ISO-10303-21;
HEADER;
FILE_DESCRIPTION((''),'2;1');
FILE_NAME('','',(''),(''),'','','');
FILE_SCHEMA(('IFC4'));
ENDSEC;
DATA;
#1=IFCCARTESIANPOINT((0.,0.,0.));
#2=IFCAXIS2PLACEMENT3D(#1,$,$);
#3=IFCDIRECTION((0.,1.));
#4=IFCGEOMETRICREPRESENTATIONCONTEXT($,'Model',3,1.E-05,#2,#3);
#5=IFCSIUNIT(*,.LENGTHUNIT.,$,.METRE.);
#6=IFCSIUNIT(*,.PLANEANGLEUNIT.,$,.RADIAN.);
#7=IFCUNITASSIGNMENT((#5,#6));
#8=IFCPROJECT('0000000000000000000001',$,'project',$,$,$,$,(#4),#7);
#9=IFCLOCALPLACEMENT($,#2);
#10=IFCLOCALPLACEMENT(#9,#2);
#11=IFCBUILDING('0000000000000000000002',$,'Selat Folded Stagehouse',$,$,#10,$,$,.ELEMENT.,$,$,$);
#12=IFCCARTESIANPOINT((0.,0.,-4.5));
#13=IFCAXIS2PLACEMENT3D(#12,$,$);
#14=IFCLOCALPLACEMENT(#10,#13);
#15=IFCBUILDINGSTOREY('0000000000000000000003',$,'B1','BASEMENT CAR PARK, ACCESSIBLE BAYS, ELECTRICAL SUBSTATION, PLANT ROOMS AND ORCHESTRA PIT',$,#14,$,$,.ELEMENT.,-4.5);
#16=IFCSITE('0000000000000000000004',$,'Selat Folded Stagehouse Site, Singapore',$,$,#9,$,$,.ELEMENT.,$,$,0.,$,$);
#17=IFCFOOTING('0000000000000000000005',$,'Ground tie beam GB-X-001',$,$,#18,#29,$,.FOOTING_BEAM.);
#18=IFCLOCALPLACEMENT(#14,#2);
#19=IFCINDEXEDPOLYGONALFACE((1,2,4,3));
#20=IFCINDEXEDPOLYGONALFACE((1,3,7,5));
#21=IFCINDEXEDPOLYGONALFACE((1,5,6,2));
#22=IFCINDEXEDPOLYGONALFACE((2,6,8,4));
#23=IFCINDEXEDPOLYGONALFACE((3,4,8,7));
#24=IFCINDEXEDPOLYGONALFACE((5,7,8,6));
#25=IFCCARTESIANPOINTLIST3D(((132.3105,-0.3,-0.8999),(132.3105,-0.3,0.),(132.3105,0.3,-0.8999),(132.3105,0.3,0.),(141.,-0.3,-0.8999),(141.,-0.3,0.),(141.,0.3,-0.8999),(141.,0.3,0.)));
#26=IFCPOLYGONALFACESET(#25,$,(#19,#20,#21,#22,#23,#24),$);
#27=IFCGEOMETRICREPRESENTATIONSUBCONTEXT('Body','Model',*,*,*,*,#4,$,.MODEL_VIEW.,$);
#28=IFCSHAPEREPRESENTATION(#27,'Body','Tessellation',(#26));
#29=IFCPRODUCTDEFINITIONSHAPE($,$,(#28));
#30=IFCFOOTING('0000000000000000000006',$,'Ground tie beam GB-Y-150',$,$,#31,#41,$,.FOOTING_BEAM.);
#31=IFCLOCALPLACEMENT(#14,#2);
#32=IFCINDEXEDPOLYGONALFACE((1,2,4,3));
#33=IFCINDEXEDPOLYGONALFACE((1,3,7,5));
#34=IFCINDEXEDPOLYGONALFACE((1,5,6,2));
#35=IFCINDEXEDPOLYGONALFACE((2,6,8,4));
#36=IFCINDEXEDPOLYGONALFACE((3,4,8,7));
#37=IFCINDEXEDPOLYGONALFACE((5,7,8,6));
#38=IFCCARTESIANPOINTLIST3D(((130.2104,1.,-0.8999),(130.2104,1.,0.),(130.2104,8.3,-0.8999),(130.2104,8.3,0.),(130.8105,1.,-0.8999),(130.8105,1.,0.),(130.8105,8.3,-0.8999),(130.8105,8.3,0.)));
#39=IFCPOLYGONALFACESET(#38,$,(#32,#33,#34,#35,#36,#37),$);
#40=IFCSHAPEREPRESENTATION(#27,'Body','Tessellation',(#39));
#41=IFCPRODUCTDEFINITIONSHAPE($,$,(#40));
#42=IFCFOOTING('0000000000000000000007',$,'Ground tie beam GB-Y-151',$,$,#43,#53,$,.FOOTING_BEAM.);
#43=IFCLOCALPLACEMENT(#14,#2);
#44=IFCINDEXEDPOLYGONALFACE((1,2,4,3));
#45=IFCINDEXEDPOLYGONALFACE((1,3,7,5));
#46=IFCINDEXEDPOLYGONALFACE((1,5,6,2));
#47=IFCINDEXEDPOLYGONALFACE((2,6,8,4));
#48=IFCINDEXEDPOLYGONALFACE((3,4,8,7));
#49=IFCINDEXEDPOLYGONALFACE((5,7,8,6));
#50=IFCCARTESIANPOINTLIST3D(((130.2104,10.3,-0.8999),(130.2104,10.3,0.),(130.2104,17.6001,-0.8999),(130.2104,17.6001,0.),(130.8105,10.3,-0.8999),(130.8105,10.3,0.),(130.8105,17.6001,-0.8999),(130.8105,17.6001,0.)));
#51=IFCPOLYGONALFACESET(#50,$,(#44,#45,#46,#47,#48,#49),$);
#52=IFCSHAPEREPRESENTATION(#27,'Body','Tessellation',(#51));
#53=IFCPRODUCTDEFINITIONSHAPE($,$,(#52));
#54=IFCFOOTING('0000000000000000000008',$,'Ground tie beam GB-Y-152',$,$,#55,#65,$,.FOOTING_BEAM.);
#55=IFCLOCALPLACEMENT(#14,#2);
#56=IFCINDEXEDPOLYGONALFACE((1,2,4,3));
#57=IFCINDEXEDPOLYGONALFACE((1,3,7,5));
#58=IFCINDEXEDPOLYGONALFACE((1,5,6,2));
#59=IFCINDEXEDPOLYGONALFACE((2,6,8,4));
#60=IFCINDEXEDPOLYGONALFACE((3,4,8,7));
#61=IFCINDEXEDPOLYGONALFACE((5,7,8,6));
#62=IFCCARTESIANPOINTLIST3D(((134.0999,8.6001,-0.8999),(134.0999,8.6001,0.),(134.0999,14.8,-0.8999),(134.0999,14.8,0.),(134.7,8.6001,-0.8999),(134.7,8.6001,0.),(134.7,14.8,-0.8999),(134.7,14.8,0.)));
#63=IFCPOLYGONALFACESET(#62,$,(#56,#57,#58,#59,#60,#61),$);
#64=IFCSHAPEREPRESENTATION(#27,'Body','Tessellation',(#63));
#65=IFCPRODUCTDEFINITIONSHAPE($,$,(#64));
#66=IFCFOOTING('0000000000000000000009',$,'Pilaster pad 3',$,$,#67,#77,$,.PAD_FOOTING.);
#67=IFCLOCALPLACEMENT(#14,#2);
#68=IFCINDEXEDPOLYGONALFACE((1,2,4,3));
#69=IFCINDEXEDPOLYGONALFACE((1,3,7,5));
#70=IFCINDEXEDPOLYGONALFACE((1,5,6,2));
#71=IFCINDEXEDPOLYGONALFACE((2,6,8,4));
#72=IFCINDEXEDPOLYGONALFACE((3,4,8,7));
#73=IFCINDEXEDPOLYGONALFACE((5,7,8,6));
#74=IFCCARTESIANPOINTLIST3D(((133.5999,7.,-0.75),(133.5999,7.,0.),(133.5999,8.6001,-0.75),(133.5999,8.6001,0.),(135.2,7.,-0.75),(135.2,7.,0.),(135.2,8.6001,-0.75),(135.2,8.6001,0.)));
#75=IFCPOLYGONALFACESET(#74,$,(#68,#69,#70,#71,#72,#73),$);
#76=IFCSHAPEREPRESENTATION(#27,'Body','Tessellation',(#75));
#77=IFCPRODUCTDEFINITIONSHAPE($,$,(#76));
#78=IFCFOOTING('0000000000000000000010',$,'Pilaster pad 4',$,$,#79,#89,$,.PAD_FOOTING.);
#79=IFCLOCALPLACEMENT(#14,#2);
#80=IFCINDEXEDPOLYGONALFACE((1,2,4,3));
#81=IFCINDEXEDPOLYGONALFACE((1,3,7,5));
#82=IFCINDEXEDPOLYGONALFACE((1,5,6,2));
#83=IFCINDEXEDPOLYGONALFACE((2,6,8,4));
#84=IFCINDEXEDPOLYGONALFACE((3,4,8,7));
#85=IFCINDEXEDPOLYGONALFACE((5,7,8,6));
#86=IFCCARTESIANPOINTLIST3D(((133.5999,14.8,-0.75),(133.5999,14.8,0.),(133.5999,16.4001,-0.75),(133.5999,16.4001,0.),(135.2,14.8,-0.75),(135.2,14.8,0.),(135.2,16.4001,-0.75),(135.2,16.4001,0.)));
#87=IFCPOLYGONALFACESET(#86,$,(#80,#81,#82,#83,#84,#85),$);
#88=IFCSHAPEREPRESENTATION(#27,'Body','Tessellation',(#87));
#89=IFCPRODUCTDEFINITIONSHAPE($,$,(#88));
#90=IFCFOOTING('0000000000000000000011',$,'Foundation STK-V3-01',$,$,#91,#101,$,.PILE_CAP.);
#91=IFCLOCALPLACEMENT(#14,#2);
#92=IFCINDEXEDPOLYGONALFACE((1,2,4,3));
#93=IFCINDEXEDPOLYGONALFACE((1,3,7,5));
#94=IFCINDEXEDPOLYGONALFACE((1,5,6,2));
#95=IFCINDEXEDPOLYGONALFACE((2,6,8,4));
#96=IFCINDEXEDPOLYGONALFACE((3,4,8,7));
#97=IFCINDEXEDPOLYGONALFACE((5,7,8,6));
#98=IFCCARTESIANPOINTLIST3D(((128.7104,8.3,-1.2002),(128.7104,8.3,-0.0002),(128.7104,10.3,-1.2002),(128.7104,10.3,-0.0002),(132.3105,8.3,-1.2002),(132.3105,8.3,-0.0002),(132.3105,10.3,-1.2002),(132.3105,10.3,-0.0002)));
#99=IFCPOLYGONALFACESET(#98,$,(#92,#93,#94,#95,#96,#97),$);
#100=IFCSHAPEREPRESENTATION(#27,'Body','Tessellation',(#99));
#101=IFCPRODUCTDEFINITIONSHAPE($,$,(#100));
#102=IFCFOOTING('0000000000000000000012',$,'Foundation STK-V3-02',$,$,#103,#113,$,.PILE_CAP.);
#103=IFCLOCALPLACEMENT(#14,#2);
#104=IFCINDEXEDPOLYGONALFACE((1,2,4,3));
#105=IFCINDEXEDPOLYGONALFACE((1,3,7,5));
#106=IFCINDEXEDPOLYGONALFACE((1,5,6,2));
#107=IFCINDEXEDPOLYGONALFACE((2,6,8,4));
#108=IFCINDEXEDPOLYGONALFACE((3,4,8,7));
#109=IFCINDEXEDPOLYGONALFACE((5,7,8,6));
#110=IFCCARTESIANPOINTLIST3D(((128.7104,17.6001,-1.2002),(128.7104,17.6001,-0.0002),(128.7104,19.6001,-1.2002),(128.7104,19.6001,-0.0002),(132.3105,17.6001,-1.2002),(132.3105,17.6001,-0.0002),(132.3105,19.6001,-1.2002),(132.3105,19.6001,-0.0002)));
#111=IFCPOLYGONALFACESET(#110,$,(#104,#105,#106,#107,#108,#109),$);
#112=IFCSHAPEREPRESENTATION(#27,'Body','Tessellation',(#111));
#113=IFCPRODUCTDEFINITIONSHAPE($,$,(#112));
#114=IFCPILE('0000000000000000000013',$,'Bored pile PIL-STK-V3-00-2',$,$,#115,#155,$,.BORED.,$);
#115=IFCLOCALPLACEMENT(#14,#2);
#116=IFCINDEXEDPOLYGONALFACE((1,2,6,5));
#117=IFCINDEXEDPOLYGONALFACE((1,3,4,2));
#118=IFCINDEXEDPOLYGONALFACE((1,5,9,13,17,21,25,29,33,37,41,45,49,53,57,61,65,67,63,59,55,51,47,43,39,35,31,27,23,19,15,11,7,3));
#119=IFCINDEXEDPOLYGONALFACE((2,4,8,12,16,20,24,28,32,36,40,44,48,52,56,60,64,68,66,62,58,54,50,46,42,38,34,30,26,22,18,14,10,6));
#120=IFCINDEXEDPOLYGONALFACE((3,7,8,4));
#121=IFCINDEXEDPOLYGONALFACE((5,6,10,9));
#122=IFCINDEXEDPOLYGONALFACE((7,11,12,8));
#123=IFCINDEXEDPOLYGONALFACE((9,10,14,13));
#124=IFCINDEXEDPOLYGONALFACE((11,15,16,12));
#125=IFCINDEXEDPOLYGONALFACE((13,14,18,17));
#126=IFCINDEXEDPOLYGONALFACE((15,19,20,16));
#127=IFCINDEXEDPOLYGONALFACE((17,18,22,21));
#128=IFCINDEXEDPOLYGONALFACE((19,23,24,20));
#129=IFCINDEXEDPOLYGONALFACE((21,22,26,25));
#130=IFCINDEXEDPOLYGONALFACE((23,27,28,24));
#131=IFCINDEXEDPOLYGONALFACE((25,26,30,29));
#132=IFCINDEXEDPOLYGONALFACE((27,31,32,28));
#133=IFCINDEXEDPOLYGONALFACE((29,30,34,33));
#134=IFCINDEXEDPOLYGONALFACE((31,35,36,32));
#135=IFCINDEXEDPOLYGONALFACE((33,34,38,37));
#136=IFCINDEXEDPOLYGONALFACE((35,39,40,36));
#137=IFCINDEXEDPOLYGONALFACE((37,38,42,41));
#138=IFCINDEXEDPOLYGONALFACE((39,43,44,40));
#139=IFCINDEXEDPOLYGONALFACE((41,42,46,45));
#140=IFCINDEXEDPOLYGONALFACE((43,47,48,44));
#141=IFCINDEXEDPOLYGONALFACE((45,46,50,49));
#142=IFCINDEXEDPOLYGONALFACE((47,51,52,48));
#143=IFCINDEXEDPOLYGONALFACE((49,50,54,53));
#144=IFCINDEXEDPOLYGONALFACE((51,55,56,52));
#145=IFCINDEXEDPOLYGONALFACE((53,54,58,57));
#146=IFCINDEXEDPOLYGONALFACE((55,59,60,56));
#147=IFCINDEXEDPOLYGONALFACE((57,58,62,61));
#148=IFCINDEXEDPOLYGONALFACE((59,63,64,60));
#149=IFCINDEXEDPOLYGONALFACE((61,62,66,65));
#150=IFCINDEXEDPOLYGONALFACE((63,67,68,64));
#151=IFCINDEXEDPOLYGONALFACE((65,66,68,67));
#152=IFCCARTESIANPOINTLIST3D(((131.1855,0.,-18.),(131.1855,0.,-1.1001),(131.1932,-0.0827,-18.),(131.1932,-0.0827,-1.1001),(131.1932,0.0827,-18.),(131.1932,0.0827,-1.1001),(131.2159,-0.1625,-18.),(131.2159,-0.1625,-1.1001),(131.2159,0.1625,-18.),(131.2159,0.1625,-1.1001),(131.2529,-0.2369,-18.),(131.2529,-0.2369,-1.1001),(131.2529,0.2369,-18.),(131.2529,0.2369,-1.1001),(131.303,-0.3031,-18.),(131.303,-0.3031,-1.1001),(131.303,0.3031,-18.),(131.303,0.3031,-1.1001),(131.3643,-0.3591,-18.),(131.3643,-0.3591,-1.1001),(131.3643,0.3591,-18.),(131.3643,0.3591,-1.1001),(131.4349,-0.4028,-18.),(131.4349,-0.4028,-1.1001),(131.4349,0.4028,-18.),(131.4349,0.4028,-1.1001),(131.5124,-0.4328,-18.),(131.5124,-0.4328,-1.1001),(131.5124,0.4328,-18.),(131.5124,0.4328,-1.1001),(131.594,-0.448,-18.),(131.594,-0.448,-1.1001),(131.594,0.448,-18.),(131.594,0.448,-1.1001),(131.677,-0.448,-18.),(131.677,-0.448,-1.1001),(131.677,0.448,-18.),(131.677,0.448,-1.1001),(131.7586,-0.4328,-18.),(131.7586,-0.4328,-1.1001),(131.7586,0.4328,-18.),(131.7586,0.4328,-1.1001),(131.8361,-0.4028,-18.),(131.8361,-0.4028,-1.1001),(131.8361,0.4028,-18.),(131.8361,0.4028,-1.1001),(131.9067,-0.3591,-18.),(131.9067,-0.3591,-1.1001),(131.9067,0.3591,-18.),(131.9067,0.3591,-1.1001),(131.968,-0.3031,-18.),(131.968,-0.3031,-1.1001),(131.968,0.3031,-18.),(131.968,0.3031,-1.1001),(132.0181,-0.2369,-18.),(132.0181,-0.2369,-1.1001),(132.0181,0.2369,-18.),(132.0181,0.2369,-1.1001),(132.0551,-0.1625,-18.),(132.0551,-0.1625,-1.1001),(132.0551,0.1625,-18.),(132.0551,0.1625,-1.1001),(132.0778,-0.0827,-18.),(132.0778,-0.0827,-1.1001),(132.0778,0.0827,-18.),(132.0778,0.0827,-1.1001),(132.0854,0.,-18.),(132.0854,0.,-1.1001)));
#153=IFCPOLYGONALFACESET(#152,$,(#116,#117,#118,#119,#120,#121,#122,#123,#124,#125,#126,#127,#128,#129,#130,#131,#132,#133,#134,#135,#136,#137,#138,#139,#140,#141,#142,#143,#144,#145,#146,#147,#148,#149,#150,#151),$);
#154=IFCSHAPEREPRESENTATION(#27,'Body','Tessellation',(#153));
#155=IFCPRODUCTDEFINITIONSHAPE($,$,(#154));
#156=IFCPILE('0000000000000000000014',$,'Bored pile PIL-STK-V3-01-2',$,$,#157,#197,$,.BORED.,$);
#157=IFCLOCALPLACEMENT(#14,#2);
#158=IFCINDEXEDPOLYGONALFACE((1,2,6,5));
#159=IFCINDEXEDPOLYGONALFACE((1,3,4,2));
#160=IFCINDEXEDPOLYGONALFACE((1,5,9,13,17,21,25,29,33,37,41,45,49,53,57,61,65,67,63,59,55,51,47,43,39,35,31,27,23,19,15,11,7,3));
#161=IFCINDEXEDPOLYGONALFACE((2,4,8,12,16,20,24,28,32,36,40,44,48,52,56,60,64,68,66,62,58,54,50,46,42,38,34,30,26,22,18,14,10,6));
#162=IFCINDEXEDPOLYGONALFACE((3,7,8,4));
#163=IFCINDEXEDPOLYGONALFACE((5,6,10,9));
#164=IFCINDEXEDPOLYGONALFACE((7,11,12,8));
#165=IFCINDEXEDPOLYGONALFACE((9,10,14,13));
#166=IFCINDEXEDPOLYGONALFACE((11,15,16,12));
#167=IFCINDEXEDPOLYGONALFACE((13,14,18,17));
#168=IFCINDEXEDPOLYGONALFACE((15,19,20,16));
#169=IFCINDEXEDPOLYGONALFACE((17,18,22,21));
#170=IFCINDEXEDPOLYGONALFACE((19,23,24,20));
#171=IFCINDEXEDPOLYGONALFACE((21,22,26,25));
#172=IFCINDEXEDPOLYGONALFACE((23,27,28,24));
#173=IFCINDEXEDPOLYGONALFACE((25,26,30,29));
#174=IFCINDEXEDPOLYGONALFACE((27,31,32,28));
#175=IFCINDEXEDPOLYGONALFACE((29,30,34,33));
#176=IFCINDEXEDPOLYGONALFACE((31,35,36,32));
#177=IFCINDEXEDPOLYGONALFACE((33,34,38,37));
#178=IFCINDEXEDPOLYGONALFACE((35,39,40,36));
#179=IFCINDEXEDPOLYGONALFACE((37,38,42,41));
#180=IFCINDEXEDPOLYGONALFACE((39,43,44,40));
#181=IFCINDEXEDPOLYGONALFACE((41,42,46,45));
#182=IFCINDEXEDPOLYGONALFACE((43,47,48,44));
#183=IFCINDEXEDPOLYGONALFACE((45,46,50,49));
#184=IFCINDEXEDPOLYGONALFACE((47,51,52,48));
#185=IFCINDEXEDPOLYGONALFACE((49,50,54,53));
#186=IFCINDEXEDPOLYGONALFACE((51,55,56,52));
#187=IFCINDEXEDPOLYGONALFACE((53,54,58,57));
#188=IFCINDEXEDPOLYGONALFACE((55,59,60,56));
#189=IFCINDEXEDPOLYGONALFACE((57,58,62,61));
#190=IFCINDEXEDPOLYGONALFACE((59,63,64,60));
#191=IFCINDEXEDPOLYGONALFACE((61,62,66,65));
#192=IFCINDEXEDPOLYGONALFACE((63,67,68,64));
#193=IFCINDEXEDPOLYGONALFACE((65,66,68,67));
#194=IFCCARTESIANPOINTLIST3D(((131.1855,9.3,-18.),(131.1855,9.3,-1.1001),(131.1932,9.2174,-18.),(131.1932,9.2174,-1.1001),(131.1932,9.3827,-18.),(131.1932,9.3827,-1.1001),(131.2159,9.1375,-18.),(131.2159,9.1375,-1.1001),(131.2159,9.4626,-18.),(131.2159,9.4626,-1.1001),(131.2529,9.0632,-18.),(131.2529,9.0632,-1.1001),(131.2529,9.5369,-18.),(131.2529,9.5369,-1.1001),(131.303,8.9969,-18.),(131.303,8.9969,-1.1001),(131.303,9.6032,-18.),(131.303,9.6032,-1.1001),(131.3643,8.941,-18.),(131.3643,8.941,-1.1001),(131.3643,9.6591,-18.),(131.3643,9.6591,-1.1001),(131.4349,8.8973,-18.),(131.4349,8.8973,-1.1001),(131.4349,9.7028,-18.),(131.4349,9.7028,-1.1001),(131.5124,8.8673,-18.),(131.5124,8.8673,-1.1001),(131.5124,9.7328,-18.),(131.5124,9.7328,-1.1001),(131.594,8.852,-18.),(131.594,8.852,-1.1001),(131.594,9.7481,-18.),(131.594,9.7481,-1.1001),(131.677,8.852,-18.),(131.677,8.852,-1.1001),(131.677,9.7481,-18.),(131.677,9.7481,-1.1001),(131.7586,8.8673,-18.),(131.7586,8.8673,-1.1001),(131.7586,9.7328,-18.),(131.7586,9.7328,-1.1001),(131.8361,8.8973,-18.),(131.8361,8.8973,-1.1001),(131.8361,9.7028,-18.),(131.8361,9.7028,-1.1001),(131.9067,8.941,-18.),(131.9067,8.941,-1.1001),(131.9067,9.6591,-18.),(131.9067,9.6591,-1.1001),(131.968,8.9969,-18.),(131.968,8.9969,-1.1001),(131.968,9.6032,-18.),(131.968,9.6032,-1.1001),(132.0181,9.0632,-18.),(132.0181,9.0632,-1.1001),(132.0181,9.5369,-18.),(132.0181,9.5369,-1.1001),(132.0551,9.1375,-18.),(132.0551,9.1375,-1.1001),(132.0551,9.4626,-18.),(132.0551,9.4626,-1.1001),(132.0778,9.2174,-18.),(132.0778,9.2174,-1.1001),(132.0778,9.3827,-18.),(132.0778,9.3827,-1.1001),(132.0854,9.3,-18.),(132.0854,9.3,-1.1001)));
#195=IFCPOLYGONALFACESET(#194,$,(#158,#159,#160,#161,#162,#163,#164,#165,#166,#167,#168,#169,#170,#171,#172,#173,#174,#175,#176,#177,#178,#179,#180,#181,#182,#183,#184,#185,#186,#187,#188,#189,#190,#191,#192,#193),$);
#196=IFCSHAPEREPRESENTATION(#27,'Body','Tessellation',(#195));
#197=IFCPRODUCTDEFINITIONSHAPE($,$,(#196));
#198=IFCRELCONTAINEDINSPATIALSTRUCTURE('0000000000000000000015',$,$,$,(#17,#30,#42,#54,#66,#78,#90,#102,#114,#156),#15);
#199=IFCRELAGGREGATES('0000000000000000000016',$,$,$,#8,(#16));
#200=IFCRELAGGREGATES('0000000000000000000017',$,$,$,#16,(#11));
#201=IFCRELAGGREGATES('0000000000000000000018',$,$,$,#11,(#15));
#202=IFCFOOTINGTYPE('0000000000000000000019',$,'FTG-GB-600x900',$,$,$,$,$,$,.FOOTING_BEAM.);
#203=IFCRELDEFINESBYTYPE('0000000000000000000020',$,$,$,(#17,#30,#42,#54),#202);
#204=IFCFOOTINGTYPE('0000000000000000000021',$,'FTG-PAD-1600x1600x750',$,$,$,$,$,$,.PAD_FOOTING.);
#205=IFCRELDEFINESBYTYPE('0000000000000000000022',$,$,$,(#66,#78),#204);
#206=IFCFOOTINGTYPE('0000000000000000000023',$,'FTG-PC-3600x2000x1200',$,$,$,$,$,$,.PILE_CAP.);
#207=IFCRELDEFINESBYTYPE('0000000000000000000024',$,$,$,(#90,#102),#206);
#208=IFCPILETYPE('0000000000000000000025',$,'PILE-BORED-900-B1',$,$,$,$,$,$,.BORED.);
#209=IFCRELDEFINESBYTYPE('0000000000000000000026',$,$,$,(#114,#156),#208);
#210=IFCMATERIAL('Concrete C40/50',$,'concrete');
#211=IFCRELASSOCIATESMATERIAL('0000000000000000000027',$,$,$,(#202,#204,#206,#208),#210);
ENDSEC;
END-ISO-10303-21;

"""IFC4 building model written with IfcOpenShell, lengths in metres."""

from ifc_helpers import new_model, si_unit, direction, frame, origin, origin_2d, place, context, subcontext, project, spatial, rectangle, circle, extrude, material, material_profile, profile_set, type_object, element, save


model = new_model("IFC4")

# Units and contexts
model_context = context("Model", 3, precision=1e-05, world=origin(), true_north=direction((0.0, 1.0)))
body_context = subcontext(model_context, "Body", "Model", "MODEL_VIEW")
ifc_project = project(units=[si_unit("LENGTHUNIT", "METRE"), si_unit("PLANEANGLEUNIT", "RADIAN")], contexts=[model_context])

# Site, building, storey
site_placement = place(None, origin())
site = spatial("IfcSite", under=ifc_project, at=site_placement, Name="Selat Folded Stagehouse Site, Singapore", CompositionType="ELEMENT", RefElevation=0.0)
building_placement = place(site_placement, origin())
building = spatial("IfcBuilding", under=site, at=building_placement, Name="Selat Folded Stagehouse", CompositionType="ELEMENT")
storey_placement = place(building_placement, frame((0.0, 0.0, -4.5)))
storey = spatial("IfcBuildingStorey", under=building, at=storey_placement, Name="B1", Description="BASEMENT CAR PARK, ACCESSIBLE BAYS, ELECTRICAL SUBSTATION, PLANT ROOMS AND ORCHESTRA PIT", CompositionType="ELEMENT", Elevation=-4.5)

# Footings
ifc_material_1 = material(Name="Concrete C40/50", Category="concrete")
ifc_material_profile_1 = material_profile(ifc_material_1, rectangle(XDim=0.6001, YDim=0.8999, at=origin_2d()), Name="RC 900x600")
ifc_profile_set_1 = profile_set([ifc_material_profile_1], Name="Concrete C40/50")
footing_type_1 = type_object("IfcFootingType", Name="FTG-GB-600x900", PredefinedType="FOOTING_BEAM", material=ifc_profile_set_1)
footing_1_placement = place(storey_placement, frame((132.3105, 0.0, -0.45), z_axis=(1.0, 0.0, 0.0), x_axis=(0.0, 1.0, 0.0)))
element("IfcFooting", 1, at=footing_1_placement, inside=storey, type_object=footing_type_1, Name="Ground tie beam GB-X-001", PredefinedType="FOOTING_BEAM", context=body_context, shape_type="SweptSolid", body=[
    extrude(rectangle(XDim=0.6001, YDim=0.8999, at=origin_2d()), origin(), (0.0, 0.0, 1.0), 8.6895),
])
for number, where, z_axis, x_axis, name in (
    (2, (130.5105, 1.0, -0.45), (0.0, 1.0, 0.0), (-1.0, 0.0, 0.0), "Ground tie beam GB-Y-150"),
    (3, (130.5105, 10.3, -0.45), (0.0, 1.0, 0.0), (-1.0, 0.0, 0.0), "Ground tie beam GB-Y-151"),
):
    element("IfcFooting", number, at=place(storey_placement, frame(where, z_axis=z_axis, x_axis=x_axis)), inside=storey, type_object=footing_type_1, Name=name, PredefinedType="FOOTING_BEAM", context=body_context, shape_type="SweptSolid", body=[
        extrude(rectangle(XDim=0.6001, YDim=0.8999, at=origin_2d()), origin(), (0.0, 0.0, 1.0), 7.3),
    ])
footing_2_placement = place(storey_placement, frame((134.3999, 8.6001, -0.45), z_axis=(0.0, 1.0, 0.0), x_axis=(-1.0, 0.0, 0.0)))
element("IfcFooting", 4, at=footing_2_placement, inside=storey, type_object=footing_type_1, Name="Ground tie beam GB-Y-152", PredefinedType="FOOTING_BEAM", context=body_context, shape_type="SweptSolid", body=[
    extrude(rectangle(XDim=0.6001, YDim=0.8999, at=origin_2d()), origin(), (0.0, 0.0, 1.0), 6.2),
])
footing_type_2 = type_object("IfcFootingType", Name="FTG-PAD-1600x1600x750", PredefinedType="PAD_FOOTING", material=ifc_material_1)
for number, where, z_axis, x_axis, name in (
    (5, (134.3999, 7.8, -0.75), (0.0, 0.0, 1.0), (1.0, 0.0, 0.0), "Pilaster pad 3"),
    (6, (134.3999, 15.6001, -0.75), (0.0, 0.0, 1.0), (1.0, 0.0, 0.0), "Pilaster pad 4"),
):
    element("IfcFooting", number, at=place(storey_placement, frame(where, z_axis=z_axis, x_axis=x_axis)), inside=storey, type_object=footing_type_2, Name=name, PredefinedType="PAD_FOOTING", context=body_context, shape_type="SweptSolid", body=[
        extrude(rectangle(XDim=1.6001, YDim=1.6001, at=origin_2d()), origin(), (0.0, 0.0, 1.0), 0.75),
    ])
footing_type_3 = type_object("IfcFootingType", Name="FTG-PC-3600x2000x1200", PredefinedType="PILE_CAP", material=ifc_material_1)
for number, where, z_axis, x_axis, name in (
    (7, (130.5105, 9.3, -1.2002), (0.0, 0.0, 1.0), (1.0, 0.0, 0.0), "Foundation STK-V3-01"),
    (8, (130.5105, 18.6001, -1.2002), (0.0, 0.0, 1.0), (1.0, 0.0, 0.0), "Foundation STK-V3-02"),
):
    element("IfcFooting", number, at=place(storey_placement, frame(where, z_axis=z_axis, x_axis=x_axis)), inside=storey, type_object=footing_type_3, Name=name, PredefinedType="PILE_CAP", context=body_context, shape_type="SweptSolid", body=[
        extrude(rectangle(XDim=3.6001, YDim=2.0, at=origin_2d()), origin(), (0.0, 0.0, 1.0), 1.2),
    ])

# Piles
ifc_material_profile_2 = material_profile(ifc_material_1, circle(Radius=0.45, at=origin_2d()), Name="PILE D900")
ifc_profile_set_2 = profile_set([ifc_material_profile_2], Name="Concrete C40/50")
pile_type = type_object("IfcPileType", Name="PILE-BORED-900-B1", PredefinedType="BORED", material=ifc_profile_set_2)
for number, where, z_axis, x_axis, name in (
    (9, (131.6355, 0.0, -1.1001), (0.0, 0.0, -1.0), (1.0, 0.0, 0.0), "Bored pile PIL-STK-V3-00-2"),
    (10, (131.6355, 9.3, -1.1001), (0.0, 0.0, -1.0), (1.0, 0.0, 0.0), "Bored pile PIL-STK-V3-01-2"),
):
    element("IfcPile", number, at=place(storey_placement, frame(where, z_axis=z_axis, x_axis=x_axis)), inside=storey, type_object=pile_type, Name=name, PredefinedType="BORED", context=body_context, shape_type="SweptSolid", body=[
        extrude(circle(Radius=0.45, at=origin_2d()), origin(), (0.0, 0.0, 1.0), 16.8999),
    ])

save(model, "model.ifc")
